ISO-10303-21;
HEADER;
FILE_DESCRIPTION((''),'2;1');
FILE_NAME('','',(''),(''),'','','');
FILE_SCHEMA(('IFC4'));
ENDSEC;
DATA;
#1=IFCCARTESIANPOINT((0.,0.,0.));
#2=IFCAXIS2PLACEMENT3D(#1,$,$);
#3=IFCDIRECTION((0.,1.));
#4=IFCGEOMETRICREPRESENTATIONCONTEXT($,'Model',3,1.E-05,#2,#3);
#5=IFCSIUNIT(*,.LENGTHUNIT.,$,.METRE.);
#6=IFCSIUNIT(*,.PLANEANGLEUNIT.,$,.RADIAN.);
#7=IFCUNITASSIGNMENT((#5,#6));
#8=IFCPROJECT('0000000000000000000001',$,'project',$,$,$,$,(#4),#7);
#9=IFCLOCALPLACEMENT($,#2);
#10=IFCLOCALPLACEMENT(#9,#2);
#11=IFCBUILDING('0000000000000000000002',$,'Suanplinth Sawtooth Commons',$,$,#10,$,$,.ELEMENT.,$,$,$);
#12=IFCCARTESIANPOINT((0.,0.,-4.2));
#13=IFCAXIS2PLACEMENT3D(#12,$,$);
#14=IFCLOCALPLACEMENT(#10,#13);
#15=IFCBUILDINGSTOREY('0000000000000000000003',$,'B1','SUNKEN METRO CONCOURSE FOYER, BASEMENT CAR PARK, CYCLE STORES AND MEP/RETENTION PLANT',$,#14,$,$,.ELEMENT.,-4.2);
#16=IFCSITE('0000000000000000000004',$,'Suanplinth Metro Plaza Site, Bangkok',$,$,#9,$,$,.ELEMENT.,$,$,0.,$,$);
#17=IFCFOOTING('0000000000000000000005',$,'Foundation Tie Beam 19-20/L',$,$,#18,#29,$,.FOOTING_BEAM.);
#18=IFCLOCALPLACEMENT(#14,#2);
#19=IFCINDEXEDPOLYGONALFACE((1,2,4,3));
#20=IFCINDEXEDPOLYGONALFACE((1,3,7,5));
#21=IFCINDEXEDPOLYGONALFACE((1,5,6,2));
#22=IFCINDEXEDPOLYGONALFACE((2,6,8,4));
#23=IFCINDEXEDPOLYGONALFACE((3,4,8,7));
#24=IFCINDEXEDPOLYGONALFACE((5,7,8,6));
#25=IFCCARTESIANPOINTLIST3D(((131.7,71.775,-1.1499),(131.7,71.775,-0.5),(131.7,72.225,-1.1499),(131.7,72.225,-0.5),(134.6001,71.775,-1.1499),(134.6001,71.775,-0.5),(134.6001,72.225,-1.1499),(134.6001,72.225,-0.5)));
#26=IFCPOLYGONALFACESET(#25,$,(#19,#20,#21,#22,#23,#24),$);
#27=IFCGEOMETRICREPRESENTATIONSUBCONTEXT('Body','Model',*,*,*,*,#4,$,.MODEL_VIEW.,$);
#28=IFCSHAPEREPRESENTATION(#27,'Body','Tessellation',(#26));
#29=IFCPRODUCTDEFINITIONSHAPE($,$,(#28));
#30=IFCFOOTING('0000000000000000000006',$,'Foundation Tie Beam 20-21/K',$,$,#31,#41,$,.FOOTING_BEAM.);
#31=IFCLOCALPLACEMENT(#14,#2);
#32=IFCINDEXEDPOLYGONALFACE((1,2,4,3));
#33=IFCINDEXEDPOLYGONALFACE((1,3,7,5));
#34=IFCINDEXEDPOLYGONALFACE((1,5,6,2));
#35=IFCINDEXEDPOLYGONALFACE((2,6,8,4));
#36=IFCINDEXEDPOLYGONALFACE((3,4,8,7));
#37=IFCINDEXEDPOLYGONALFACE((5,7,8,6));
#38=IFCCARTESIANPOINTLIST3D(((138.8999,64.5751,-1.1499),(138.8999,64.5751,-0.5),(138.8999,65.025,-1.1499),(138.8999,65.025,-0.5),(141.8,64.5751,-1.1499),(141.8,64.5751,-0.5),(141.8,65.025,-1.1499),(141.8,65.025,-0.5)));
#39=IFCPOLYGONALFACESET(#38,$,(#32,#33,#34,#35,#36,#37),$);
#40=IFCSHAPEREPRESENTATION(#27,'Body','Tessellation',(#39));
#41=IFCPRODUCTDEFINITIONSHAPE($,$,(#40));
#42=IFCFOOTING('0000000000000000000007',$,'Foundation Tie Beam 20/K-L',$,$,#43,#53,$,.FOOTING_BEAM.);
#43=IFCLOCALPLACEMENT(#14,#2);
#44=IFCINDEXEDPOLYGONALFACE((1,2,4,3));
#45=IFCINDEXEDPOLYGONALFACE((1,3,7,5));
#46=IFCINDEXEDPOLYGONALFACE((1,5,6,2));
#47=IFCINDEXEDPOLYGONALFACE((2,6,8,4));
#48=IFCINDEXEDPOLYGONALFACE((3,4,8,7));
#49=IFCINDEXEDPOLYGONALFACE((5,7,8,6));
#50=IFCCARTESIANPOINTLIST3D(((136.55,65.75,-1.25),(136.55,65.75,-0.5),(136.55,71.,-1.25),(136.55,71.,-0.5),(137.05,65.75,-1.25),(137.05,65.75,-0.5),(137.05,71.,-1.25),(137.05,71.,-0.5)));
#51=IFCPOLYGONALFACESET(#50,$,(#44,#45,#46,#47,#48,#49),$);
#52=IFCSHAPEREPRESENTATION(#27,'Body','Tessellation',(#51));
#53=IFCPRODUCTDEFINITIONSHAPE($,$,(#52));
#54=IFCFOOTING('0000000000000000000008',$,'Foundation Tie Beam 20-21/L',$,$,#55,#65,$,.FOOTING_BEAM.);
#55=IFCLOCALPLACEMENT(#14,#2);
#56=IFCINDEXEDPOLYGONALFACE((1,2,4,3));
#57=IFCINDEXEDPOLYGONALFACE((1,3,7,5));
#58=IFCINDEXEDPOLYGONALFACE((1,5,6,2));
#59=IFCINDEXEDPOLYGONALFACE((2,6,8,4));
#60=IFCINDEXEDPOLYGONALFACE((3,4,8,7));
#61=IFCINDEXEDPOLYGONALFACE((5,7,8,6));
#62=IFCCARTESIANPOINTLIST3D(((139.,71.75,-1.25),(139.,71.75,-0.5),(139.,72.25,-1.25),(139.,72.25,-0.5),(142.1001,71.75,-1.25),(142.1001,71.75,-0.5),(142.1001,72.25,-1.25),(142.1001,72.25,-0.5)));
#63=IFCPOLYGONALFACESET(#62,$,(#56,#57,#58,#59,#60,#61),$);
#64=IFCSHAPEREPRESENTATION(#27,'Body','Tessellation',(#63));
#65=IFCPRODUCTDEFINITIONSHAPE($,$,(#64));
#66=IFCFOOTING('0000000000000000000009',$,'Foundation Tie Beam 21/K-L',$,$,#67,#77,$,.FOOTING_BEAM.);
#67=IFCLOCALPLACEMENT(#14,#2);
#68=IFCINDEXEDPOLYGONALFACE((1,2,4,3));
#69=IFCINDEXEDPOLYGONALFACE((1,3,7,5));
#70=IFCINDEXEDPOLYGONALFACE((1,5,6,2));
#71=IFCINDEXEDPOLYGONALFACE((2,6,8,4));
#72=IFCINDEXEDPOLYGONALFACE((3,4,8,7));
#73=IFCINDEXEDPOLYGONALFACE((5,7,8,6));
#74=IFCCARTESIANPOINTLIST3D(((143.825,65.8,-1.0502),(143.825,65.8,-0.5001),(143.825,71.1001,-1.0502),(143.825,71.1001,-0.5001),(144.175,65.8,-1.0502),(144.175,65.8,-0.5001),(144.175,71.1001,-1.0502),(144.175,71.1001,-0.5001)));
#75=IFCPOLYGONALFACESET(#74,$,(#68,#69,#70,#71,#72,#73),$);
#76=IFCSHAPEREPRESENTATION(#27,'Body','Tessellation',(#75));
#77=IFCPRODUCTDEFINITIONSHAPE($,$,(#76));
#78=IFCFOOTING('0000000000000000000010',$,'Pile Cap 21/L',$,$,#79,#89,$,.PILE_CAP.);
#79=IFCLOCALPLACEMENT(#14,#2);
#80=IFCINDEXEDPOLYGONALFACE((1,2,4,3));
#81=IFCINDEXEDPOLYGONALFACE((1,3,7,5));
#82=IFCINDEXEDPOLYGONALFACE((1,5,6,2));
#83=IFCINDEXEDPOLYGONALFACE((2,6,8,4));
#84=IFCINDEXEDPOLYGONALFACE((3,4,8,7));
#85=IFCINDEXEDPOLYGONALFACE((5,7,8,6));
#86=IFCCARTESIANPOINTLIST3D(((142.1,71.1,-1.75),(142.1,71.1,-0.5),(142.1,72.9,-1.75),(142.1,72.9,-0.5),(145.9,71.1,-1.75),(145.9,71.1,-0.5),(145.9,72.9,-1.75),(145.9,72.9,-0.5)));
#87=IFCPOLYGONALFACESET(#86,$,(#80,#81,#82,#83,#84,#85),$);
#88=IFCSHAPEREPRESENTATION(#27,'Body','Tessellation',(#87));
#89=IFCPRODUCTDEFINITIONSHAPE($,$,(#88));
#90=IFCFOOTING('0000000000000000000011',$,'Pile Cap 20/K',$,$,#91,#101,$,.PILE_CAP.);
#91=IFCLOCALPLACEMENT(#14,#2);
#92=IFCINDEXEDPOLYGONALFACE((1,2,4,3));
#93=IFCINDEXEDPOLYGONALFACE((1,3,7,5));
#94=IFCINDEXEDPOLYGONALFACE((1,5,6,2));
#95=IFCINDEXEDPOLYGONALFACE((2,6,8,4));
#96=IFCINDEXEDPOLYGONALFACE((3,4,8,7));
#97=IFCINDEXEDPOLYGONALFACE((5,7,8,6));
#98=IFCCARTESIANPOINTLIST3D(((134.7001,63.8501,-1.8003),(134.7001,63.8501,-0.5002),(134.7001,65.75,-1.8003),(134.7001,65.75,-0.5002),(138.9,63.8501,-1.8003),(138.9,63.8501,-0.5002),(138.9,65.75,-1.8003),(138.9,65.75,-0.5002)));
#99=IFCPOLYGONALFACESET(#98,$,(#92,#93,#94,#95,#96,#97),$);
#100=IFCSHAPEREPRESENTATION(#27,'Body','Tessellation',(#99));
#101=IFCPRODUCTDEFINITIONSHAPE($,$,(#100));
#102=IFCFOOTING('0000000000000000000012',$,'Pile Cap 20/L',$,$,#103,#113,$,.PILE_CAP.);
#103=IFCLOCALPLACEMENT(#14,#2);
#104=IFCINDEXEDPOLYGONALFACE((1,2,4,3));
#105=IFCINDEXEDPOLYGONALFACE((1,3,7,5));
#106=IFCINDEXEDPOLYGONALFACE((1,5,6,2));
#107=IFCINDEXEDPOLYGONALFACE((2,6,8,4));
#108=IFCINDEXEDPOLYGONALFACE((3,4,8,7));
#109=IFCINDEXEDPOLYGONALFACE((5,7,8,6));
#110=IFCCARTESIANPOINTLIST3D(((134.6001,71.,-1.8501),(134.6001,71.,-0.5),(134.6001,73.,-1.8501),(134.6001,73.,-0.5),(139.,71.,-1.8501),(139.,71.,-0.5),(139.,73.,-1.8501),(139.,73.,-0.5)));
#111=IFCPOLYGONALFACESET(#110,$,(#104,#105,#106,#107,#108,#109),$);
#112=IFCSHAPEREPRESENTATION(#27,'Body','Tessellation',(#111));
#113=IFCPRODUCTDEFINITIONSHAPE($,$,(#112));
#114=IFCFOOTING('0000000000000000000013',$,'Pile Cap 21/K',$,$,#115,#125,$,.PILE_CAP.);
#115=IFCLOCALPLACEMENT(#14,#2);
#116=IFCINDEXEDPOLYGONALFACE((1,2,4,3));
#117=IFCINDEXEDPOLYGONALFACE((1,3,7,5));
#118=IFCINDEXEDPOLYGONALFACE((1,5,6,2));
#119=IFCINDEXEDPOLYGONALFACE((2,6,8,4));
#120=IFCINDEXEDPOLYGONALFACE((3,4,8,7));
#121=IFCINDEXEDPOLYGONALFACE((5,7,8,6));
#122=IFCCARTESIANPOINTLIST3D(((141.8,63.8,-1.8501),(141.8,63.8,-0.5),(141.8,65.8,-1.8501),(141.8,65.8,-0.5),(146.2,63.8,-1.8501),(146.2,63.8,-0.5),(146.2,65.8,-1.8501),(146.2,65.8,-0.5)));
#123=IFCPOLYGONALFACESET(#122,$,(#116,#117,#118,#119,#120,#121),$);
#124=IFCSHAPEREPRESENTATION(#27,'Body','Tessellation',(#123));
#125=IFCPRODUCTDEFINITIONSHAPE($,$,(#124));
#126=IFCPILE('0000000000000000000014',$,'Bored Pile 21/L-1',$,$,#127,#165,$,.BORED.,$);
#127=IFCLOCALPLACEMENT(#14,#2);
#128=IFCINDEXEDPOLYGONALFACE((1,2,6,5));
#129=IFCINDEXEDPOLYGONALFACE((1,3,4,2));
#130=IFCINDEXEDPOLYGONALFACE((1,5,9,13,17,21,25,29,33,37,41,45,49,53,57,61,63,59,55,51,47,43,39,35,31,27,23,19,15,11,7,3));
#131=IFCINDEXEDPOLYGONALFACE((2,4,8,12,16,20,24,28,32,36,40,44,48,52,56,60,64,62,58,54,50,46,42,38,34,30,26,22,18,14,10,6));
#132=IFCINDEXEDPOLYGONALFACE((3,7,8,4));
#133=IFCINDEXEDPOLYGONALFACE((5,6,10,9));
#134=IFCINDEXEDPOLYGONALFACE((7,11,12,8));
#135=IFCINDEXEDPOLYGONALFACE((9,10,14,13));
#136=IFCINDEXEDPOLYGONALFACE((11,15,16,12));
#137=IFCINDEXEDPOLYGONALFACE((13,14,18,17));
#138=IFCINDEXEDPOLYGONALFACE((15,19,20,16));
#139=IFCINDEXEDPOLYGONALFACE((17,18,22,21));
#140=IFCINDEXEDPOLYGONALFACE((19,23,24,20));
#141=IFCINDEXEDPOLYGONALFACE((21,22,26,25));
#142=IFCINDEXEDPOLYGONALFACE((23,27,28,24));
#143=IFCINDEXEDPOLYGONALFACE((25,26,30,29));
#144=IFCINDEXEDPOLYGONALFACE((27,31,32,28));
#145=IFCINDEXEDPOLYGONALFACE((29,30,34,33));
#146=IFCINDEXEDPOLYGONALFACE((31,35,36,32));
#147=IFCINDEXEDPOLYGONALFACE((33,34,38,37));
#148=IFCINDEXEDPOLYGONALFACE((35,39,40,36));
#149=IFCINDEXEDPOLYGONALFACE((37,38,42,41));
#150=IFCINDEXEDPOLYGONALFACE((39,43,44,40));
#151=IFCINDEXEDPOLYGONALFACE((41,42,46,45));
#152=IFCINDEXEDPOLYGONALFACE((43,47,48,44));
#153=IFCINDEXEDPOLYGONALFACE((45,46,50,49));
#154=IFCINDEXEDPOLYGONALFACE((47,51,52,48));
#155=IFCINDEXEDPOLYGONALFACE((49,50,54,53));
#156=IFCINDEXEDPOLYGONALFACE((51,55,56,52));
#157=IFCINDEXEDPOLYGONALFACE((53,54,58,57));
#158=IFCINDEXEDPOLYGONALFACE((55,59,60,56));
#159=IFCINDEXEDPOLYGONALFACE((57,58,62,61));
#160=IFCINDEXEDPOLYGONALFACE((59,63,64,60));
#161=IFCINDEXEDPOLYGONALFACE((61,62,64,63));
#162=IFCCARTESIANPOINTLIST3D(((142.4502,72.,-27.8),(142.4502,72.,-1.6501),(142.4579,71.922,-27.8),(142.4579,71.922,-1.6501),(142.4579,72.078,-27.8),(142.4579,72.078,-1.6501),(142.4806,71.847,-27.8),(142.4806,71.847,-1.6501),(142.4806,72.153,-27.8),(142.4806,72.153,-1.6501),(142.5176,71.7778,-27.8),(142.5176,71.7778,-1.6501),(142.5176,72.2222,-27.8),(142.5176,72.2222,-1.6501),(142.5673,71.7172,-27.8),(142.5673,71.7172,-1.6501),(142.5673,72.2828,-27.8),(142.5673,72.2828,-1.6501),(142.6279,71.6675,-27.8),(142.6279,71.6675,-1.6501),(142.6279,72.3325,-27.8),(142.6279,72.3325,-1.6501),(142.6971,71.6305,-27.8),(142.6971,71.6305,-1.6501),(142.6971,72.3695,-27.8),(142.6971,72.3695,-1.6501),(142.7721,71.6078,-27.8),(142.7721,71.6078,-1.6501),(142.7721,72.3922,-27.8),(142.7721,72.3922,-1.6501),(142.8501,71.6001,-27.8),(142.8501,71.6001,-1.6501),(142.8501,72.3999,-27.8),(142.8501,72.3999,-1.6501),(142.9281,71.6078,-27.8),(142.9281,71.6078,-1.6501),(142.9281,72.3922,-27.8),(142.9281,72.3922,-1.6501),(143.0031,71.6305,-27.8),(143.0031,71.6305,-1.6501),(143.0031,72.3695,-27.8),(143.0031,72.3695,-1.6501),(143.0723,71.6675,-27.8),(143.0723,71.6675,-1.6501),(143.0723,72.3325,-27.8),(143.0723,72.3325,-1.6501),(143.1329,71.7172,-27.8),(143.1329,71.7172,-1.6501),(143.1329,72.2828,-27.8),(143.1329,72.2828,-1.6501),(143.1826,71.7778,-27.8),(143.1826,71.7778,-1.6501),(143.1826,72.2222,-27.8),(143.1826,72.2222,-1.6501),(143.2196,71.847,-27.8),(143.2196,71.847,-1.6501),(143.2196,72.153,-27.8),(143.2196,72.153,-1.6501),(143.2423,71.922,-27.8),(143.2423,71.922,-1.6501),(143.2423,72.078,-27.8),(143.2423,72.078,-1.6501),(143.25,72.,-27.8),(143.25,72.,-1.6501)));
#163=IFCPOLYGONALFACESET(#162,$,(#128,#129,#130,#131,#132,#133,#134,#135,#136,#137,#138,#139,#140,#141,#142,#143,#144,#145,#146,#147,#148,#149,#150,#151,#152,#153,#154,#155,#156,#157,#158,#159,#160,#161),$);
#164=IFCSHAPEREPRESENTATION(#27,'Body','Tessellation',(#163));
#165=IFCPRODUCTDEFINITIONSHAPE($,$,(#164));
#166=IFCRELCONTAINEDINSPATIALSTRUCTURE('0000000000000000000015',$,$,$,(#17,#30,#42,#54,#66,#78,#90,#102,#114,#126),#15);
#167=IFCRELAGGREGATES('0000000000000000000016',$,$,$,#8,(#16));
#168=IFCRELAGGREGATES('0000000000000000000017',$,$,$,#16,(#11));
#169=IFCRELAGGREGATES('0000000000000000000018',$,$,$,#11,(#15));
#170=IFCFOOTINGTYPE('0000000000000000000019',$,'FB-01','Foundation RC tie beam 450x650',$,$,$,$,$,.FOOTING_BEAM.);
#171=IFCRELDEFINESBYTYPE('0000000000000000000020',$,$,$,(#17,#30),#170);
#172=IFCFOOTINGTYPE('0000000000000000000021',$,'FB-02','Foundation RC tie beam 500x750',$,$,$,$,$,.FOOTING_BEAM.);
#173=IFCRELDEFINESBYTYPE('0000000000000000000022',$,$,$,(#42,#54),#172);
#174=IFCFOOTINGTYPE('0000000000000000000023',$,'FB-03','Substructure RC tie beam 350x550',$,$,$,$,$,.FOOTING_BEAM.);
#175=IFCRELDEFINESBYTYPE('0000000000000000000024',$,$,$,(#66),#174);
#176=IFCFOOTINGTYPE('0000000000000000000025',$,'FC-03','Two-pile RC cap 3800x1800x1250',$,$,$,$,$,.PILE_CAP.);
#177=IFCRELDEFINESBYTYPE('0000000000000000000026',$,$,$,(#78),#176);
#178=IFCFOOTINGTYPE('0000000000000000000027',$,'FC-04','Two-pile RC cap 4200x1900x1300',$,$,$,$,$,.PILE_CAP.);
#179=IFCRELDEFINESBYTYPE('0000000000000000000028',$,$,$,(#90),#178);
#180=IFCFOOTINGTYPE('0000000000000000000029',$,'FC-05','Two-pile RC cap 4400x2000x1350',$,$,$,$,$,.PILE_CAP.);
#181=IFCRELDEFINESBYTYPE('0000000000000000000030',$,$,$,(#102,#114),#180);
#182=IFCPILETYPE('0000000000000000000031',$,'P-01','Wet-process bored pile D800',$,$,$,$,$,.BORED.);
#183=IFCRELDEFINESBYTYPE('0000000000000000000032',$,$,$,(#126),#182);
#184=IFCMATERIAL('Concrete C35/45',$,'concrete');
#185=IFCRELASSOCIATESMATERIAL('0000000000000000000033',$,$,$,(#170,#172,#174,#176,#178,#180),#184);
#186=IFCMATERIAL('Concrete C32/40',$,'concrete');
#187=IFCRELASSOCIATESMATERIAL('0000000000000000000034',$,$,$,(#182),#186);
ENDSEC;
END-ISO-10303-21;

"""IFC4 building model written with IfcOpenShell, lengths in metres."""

from ifc_helpers import new_model, si_unit, direction, frame, origin, origin_2d, place, context, subcontext, project, spatial, rectangle, circle, extrude, material, material_profile, profile_set, type_object, element, save


model = new_model("IFC4")

# Units and contexts
model_context = context("Model", 3, precision=1e-05, world=origin(), true_north=direction((0.0, 1.0)))
body_context = subcontext(model_context, "Body", "Model", "MODEL_VIEW")
ifc_project = project(units=[si_unit("LENGTHUNIT", "METRE"), si_unit("PLANEANGLEUNIT", "RADIAN")], contexts=[model_context])

# Site, building, storey
site_placement = place(None, origin())
site = spatial("IfcSite", under=ifc_project, at=site_placement, Name="Suanplinth Metro Plaza Site, Bangkok", CompositionType="ELEMENT", RefElevation=0.0)
building_placement = place(site_placement, origin())
building = spatial("IfcBuilding", under=site, at=building_placement, Name="Suanplinth Sawtooth Commons", CompositionType="ELEMENT")
storey_placement = place(building_placement, frame((0.0, 0.0, -4.2)))
storey = spatial("IfcBuildingStorey", under=building, at=storey_placement, Name="B1", Description="SUNKEN METRO CONCOURSE FOYER, BASEMENT CAR PARK, CYCLE STORES AND MEP/RETENTION PLANT", CompositionType="ELEMENT", Elevation=-4.2)

# Footings
ifc_material_1 = material(Name="Concrete C35/45", Category="concrete")
ifc_material_profile_1 = material_profile(ifc_material_1, rectangle(XDim=0.45, YDim=0.6499, at=origin_2d()), Name="PC-GDR 450x650")
ifc_profile_set_1 = profile_set([ifc_material_profile_1], Name="Concrete C35/45")
footing_type_1 = type_object("IfcFootingType", Name="FB-01", Description="Foundation RC tie beam 450x650", PredefinedType="FOOTING_BEAM", material=ifc_profile_set_1)
for number, where, z_axis, x_axis, name in (
    (1, (131.7, 72.0, -0.825), (1.0, 0.0, 0.0), (0.0, 1.0, 0.0), "Foundation Tie Beam 19-20/L"),
    (2, (138.8999, 64.8, -0.825), (1.0, 0.0, 0.0), (0.0, 1.0, 0.0), "Foundation Tie Beam 20-21/K"),
):
    element("IfcFooting", number, at=place(storey_placement, frame(where, z_axis=z_axis, x_axis=x_axis)), inside=storey, type_object=footing_type_1, Name=name, PredefinedType="FOOTING_BEAM", context=body_context, shape_type="SweptSolid", body=[
        extrude(rectangle(XDim=0.45, YDim=0.6499, at=origin_2d()), origin(), (0.0, 0.0, 1.0), 2.9001),
    ])
ifc_material_profile_2 = material_profile(ifc_material_1, rectangle(XDim=0.5, YDim=0.75, at=origin_2d()), Name="RC-GDR 500x750")
ifc_profile_set_2 = profile_set([ifc_material_profile_2], Name="Concrete C35/45")
footing_type_2 = type_object("IfcFootingType", Name="FB-02", Description="Foundation RC tie beam 500x750", PredefinedType="FOOTING_BEAM", material=ifc_profile_set_2)
footing_1_placement = place(storey_placement, frame((136.8, 65.75, -0.875), z_axis=(0.0, 1.0, 0.0), x_axis=(-1.0, 0.0, 0.0)))
element("IfcFooting", 3, at=footing_1_placement, inside=storey, type_object=footing_type_2, Name="Foundation Tie Beam 20/K-L", PredefinedType="FOOTING_BEAM", context=body_context, shape_type="SweptSolid", body=[
    extrude(rectangle(XDim=0.5, YDim=0.75, at=origin_2d()), origin(), (0.0, 0.0, 1.0), 5.25),
])
footing_2_placement = place(storey_placement, frame((139.0, 72.0, -0.875), z_axis=(1.0, 0.0, 0.0), x_axis=(0.0, 1.0, 0.0)))
element("IfcFooting", 4, at=footing_2_placement, inside=storey, type_object=footing_type_2, Name="Foundation Tie Beam 20-21/L", PredefinedType="FOOTING_BEAM", context=body_context, shape_type="SweptSolid", body=[
    extrude(rectangle(XDim=0.5, YDim=0.75, at=origin_2d()), origin(), (0.0, 0.0, 1.0), 3.1001),
])
ifc_material_profile_3 = material_profile(ifc_material_1, rectangle(XDim=0.3501, YDim=0.55, at=origin_2d()), Name="PC-BM 350x550")
ifc_profile_set_3 = profile_set([ifc_material_profile_3], Name="Concrete C35/45")
footing_type_3 = type_object("IfcFootingType", Name="FB-03", Description="Substructure RC tie beam 350x550", PredefinedType="FOOTING_BEAM", material=ifc_profile_set_3)
footing_3_placement = place(storey_placement, frame((144.0, 65.8, -0.7751), z_axis=(0.0, 1.0, 0.0), x_axis=(-1.0, 0.0, 0.0)))
element("IfcFooting", 5, at=footing_3_placement, inside=storey, type_object=footing_type_3, Name="Foundation Tie Beam 21/K-L", PredefinedType="FOOTING_BEAM", context=body_context, shape_type="SweptSolid", body=[
    extrude(rectangle(XDim=0.3501, YDim=0.55, at=origin_2d()), origin(), (0.0, 0.0, 1.0), 5.3),
])
footing_type_4 = type_object("IfcFootingType", Name="FC-03", Description="Two-pile RC cap 3800x1800x1250", PredefinedType="PILE_CAP", material=ifc_material_1)
footing_4_placement = place(storey_placement, frame((144.0, 72.0, -1.75), z_axis=(0.0, 0.0, 1.0), x_axis=(1.0, 0.0, 0.0)))
element("IfcFooting", 6, at=footing_4_placement, inside=storey, type_object=footing_type_4, Name="Pile Cap 21/L", PredefinedType="PILE_CAP", context=body_context, shape_type="SweptSolid", body=[
    extrude(rectangle(XDim=3.8, YDim=1.8, at=origin_2d()), origin(), (0.0, 0.0, 1.0), 1.25),
])
footing_type_5 = type_object("IfcFootingType", Name="FC-04", Description="Two-pile RC cap 4200x1900x1300", PredefinedType="PILE_CAP", material=ifc_material_1)
footing_5_placement = place(storey_placement, frame((136.8, 64.8, -1.8003), z_axis=(0.0, 0.0, 1.0), x_axis=(1.0, 0.0, 0.0)))
element("IfcFooting", 7, at=footing_5_placement, inside=storey, type_object=footing_type_5, Name="Pile Cap 20/K", PredefinedType="PILE_CAP", context=body_context, shape_type="SweptSolid", body=[
    extrude(rectangle(XDim=4.2, YDim=1.8999, at=origin_2d()), origin(), (0.0, 0.0, 1.0), 1.3),
])
footing_type_6 = type_object("IfcFootingType", Name="FC-05", Description="Two-pile RC cap 4400x2000x1350", PredefinedType="PILE_CAP", material=ifc_material_1)
for number, where, z_axis, x_axis, name in (
    (8, (136.8, 72.0, -1.8501), (0.0, 0.0, 1.0), (1.0, 0.0, 0.0), "Pile Cap 20/L"),
    (9, (144.0, 64.8, -1.8501), (0.0, 0.0, 1.0), (1.0, 0.0, 0.0), "Pile Cap 21/K"),
):
    element("IfcFooting", number, at=place(storey_placement, frame(where, z_axis=z_axis, x_axis=x_axis)), inside=storey, type_object=footing_type_6, Name=name, PredefinedType="PILE_CAP", context=body_context, shape_type="SweptSolid", body=[
        extrude(rectangle(XDim=4.3999, YDim=2.0, at=origin_2d()), origin(), (0.0, 0.0, 1.0), 1.3501),
    ])

# Pile
ifc_material_2 = material(Name="Concrete C32/40", Category="concrete")
ifc_material_profile_4 = material_profile(ifc_material_2, circle(Radius=0.3999, at=origin_2d()), Name="PILE D800")
ifc_profile_set_4 = profile_set([ifc_material_profile_4], Name="Concrete C32/40")
pile_type_1 = type_object("IfcPileType", Name="P-01", Description="Wet-process bored pile D800", PredefinedType="BORED", material=ifc_profile_set_4)
pile_1_placement = place(storey_placement, frame((142.8501, 72.0, -1.6501), z_axis=(0.0, 0.0, -1.0), x_axis=(1.0, 0.0, 0.0)))
element("IfcPile", 10, at=pile_1_placement, inside=storey, type_object=pile_type_1, Name="Bored Pile 21/L-1", PredefinedType="BORED", context=body_context, shape_type="SweptSolid", body=[
    extrude(circle(Radius=0.3999, at=origin_2d()), origin(), (0.0, 0.0, 1.0), 26.1499),
])

save(model, "model.ifc")
